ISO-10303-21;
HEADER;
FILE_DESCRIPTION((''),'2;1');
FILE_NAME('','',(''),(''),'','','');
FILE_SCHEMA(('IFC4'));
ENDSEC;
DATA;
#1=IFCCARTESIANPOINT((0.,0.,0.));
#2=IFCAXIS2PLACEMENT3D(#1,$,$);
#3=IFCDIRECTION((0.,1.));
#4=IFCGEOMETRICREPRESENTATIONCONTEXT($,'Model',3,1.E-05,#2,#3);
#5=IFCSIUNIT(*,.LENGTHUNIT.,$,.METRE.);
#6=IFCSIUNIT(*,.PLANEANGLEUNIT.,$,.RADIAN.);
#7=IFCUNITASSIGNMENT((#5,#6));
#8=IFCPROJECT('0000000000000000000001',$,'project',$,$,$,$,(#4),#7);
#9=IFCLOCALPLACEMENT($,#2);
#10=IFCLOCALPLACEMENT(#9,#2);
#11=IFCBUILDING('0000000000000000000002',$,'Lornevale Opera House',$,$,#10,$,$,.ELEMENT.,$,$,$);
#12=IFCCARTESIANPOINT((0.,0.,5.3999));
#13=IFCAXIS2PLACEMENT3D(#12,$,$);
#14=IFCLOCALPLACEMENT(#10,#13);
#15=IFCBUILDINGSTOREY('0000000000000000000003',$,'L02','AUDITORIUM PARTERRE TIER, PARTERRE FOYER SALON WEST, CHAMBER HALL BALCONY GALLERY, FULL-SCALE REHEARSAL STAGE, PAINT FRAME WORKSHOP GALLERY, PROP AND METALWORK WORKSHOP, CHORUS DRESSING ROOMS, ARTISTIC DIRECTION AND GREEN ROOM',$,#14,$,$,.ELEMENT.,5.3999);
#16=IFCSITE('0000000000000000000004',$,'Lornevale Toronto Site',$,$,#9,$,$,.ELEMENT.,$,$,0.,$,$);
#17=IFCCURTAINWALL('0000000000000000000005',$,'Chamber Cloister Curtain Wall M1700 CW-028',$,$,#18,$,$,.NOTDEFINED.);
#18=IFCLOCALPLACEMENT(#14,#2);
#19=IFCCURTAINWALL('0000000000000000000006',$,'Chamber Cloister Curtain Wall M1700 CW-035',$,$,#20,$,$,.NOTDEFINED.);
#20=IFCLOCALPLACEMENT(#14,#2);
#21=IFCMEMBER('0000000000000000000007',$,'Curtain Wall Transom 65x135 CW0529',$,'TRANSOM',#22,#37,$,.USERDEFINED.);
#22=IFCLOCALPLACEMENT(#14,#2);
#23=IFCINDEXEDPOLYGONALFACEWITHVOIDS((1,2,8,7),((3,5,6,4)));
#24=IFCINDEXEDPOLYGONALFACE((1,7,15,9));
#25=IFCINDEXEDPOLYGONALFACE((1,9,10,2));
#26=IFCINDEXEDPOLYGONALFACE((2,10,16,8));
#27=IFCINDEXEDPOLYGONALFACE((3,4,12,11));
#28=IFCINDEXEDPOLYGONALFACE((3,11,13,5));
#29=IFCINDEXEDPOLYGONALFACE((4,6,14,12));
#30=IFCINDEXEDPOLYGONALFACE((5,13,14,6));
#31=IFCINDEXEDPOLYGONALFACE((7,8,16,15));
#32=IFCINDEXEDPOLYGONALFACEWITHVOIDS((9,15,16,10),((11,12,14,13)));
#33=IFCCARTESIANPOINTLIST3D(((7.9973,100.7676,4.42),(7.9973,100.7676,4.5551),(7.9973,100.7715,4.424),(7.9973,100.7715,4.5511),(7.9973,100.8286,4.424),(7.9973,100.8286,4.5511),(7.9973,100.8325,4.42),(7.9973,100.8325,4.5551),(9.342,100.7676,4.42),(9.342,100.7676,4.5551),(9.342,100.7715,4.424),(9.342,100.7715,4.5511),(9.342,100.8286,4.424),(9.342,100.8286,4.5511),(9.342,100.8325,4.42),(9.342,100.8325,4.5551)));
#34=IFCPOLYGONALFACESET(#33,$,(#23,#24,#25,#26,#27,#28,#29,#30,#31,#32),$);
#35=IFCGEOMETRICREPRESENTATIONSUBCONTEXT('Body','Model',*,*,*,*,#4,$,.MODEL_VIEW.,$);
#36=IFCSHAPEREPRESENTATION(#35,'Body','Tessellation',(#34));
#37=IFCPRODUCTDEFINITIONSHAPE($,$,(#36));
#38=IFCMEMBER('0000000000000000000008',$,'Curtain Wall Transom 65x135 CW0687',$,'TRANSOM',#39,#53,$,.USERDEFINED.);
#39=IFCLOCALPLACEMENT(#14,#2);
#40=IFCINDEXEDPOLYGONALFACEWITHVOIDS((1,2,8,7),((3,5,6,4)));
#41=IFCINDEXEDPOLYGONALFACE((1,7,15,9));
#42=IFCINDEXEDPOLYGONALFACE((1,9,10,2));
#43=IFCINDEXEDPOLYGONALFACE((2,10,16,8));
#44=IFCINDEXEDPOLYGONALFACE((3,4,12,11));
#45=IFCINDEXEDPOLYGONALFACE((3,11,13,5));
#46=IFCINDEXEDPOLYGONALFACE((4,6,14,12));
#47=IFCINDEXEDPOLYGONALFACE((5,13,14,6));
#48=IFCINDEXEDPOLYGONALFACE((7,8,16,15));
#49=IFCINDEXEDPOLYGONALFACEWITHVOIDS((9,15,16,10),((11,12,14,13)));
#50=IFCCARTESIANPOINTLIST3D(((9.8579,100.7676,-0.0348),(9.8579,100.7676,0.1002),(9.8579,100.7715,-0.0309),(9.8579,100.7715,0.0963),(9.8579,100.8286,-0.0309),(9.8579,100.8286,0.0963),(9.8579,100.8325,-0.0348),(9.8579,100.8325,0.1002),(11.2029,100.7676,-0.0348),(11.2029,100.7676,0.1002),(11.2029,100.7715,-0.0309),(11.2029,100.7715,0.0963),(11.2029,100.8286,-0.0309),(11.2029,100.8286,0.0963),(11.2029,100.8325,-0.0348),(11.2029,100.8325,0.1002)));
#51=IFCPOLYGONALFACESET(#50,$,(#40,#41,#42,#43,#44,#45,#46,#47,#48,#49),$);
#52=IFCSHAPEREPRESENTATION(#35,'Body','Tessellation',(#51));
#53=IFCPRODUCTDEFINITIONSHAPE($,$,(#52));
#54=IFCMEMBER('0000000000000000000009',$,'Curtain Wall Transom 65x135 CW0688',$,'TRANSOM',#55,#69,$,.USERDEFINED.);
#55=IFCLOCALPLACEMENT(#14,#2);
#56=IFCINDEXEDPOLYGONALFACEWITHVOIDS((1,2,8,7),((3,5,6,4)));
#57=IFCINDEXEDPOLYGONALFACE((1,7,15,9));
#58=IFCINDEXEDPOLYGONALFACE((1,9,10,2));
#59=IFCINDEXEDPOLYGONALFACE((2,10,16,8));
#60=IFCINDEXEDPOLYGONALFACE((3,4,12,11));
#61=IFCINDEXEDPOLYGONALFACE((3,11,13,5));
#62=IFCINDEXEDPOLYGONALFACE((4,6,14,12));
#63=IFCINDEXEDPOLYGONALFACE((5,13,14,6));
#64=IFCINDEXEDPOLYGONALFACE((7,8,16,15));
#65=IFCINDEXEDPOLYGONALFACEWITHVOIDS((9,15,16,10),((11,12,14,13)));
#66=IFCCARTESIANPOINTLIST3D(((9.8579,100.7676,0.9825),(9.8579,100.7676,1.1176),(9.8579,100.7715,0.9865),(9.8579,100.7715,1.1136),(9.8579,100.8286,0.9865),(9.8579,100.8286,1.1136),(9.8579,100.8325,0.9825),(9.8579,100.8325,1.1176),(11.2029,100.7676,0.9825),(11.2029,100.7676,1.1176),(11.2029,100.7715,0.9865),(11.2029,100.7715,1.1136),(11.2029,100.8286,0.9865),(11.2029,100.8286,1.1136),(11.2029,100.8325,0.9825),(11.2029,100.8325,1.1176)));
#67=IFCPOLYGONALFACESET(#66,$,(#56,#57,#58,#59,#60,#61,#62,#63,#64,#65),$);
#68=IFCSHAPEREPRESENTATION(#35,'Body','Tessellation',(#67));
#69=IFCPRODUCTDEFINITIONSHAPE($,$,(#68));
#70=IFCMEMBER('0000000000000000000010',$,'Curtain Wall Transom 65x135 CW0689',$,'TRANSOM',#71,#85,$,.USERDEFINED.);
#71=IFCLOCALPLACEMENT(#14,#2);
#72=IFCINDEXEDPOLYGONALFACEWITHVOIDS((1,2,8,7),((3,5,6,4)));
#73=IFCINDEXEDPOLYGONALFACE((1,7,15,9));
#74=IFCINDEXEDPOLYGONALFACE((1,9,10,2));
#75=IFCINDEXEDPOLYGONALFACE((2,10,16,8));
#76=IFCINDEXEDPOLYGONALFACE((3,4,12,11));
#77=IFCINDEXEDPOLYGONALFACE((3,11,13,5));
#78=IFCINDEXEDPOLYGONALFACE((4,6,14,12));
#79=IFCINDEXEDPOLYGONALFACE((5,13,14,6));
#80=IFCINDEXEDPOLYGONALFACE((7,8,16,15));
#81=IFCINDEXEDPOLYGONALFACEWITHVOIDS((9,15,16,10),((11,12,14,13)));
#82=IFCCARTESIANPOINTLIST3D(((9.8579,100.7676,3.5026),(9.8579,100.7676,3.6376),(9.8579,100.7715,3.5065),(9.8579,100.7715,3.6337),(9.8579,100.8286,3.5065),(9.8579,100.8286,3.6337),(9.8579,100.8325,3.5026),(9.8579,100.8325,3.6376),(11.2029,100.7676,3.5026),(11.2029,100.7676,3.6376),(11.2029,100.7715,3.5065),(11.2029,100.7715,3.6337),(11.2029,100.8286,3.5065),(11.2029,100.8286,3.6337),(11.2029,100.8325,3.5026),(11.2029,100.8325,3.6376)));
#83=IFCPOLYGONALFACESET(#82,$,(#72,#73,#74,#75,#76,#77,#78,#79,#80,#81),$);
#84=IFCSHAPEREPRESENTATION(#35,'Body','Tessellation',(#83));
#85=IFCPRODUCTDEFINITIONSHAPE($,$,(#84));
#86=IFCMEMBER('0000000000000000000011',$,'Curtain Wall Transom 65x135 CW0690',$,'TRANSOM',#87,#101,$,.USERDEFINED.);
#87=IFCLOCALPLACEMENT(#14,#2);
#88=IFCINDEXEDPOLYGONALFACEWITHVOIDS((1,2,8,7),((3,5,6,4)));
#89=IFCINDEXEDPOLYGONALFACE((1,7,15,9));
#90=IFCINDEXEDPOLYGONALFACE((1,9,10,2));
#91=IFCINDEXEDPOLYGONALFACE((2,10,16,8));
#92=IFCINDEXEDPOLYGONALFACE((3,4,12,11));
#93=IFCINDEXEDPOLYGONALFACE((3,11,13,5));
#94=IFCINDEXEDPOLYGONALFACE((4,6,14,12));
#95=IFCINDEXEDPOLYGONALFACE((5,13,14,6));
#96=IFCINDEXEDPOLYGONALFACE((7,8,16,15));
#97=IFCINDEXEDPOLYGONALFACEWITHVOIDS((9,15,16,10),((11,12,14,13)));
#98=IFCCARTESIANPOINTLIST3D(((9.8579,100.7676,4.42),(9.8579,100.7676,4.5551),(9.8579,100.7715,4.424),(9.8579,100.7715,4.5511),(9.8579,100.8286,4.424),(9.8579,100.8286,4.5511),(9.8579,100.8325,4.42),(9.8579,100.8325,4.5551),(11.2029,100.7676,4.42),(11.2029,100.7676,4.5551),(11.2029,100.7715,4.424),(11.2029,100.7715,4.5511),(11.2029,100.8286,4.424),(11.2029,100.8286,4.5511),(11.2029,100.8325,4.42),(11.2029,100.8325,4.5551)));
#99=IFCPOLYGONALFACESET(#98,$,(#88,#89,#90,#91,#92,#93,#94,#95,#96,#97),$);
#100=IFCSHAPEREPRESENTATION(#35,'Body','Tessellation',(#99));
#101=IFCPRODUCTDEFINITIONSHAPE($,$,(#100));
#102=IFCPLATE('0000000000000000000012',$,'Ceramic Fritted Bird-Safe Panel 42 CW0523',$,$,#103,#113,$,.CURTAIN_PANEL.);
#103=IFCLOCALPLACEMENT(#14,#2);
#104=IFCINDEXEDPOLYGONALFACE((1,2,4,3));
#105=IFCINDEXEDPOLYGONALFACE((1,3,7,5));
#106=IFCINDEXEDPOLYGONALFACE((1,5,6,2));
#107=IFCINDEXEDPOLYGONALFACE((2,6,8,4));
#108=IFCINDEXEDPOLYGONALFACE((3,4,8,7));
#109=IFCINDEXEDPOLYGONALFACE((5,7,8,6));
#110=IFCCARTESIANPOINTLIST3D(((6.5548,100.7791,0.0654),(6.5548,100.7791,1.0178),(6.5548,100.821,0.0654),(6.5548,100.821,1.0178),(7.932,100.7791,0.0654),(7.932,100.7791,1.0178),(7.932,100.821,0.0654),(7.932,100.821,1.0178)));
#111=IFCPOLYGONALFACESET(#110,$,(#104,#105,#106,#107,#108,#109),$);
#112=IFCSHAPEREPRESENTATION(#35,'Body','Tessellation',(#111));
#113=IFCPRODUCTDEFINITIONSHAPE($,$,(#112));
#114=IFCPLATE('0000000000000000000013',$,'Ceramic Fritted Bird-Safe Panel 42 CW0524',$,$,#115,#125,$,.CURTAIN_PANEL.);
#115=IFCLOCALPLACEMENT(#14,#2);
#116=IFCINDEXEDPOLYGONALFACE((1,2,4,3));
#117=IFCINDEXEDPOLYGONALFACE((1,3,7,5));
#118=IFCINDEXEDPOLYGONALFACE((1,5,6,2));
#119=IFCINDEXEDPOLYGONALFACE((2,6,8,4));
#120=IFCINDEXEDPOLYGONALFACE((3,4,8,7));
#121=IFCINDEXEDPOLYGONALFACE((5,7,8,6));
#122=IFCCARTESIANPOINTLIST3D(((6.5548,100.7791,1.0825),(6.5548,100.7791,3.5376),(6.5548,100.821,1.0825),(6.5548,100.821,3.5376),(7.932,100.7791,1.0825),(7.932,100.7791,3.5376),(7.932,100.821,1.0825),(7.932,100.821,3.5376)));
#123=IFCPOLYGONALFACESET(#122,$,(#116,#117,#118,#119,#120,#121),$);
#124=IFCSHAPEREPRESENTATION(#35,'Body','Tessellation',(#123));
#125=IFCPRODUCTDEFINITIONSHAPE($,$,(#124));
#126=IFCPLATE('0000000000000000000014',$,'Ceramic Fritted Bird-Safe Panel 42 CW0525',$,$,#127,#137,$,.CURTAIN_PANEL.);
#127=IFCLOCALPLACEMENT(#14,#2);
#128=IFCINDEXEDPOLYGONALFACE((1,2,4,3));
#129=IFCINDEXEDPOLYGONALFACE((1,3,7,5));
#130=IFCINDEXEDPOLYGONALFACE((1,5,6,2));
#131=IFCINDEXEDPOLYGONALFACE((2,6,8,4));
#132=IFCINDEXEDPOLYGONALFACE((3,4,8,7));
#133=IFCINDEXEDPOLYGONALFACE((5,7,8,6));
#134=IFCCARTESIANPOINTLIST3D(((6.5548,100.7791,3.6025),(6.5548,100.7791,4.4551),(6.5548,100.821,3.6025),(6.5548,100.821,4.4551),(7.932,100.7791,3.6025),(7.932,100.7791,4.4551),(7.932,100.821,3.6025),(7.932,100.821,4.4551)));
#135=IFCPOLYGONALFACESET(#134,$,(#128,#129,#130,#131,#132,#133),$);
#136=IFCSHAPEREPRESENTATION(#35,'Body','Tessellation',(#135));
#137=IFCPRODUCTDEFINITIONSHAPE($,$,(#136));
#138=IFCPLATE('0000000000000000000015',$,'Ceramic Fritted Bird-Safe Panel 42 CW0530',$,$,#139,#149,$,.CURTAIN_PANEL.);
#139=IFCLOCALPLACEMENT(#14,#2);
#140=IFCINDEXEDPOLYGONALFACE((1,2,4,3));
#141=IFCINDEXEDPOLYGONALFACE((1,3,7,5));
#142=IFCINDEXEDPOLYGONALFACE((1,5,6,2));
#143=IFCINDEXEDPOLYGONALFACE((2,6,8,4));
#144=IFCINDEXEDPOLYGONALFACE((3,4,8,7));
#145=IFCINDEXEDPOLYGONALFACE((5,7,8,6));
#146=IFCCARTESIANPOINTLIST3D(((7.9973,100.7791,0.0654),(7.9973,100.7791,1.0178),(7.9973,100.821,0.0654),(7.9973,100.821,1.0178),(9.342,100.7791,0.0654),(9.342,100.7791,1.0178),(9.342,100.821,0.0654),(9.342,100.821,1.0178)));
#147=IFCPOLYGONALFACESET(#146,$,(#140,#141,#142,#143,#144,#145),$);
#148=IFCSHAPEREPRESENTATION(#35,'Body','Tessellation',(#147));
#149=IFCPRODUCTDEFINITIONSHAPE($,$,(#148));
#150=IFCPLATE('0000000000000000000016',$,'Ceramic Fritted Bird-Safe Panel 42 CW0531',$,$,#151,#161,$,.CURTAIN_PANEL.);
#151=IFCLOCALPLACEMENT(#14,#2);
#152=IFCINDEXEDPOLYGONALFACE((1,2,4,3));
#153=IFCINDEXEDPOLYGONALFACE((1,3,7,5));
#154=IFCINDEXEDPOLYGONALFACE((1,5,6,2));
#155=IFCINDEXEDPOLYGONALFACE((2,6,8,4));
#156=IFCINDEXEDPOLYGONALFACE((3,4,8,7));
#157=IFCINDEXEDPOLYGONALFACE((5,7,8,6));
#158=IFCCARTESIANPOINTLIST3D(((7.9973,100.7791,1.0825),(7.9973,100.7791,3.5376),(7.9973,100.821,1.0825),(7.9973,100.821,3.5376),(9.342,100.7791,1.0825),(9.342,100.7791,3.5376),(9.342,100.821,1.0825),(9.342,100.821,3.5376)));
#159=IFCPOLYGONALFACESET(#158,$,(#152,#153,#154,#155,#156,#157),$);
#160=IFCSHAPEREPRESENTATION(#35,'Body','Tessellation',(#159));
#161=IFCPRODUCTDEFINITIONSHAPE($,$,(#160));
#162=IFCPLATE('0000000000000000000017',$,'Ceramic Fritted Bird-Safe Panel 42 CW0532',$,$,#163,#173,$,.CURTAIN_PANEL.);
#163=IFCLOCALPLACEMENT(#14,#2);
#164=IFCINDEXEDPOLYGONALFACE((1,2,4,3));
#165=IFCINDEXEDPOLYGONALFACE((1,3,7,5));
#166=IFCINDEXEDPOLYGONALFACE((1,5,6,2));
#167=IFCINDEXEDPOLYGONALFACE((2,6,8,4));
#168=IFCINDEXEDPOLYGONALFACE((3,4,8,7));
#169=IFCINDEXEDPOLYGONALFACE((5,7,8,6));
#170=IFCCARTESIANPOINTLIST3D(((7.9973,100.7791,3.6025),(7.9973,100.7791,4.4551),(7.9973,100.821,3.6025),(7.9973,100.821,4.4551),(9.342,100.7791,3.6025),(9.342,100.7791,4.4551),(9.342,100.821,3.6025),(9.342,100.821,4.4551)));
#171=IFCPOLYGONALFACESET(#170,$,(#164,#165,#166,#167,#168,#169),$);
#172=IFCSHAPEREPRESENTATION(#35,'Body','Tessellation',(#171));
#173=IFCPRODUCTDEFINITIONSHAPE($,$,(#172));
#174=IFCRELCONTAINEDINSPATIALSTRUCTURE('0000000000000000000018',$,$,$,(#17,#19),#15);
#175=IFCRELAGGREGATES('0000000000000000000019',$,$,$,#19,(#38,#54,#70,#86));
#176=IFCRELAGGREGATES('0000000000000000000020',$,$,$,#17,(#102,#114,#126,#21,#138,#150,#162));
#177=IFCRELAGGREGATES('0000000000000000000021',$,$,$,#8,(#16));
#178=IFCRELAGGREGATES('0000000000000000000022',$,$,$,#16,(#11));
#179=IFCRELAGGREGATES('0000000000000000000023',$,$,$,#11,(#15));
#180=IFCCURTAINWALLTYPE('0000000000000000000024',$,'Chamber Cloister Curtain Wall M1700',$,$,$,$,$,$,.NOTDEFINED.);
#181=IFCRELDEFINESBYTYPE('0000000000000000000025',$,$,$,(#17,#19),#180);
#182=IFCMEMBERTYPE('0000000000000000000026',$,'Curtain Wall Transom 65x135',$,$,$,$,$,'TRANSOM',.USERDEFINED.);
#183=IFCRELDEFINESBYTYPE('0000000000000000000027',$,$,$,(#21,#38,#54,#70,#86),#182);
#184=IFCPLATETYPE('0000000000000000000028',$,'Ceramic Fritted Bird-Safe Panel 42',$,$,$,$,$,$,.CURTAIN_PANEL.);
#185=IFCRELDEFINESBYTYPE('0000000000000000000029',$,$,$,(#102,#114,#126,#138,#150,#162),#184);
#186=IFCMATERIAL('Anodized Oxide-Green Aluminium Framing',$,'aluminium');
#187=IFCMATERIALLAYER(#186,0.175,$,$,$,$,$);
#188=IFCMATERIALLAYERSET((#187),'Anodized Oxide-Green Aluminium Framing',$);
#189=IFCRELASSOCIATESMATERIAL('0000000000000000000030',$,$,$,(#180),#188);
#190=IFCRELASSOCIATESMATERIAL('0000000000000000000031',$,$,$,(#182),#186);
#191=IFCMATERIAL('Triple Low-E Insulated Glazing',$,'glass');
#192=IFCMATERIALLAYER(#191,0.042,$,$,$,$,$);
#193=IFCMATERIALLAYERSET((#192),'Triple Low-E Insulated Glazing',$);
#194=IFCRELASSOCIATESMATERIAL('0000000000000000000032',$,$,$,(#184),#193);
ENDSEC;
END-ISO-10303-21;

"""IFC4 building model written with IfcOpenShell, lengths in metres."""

from ifc_helpers import new_model, si_unit, direction, frame, origin, origin_2d, place, context, subcontext, project, spatial, rectangle, hollow_rectangle, extrude, material, layer, layer_set, material_profile, profile_set, type_object, element, aggregate, save


model = new_model("IFC4")

# Units and contexts
model_context = context("Model", 3, precision=1e-05, world=origin(), true_north=direction((0.0, 1.0)))
body_context = subcontext(model_context, "Body", "Model", "MODEL_VIEW")
ifc_project = project(units=[si_unit("LENGTHUNIT", "METRE"), si_unit("PLANEANGLEUNIT", "RADIAN")], contexts=[model_context])

# Site, building, storey
site_placement = place(None, origin())
site = spatial("IfcSite", under=ifc_project, at=site_placement, Name="Lornevale Toronto Site", CompositionType="ELEMENT", RefElevation=0.0)
building_placement = place(site_placement, origin())
building = spatial("IfcBuilding", under=site, at=building_placement, Name="Lornevale Opera House", CompositionType="ELEMENT")
storey_placement = place(building_placement, frame((0.0, 0.0, 5.3999)))
storey = spatial("IfcBuildingStorey", under=building, at=storey_placement, Name="L02", Description="AUDITORIUM PARTERRE TIER, PARTERRE FOYER SALON WEST, CHAMBER HALL BALCONY GALLERY, FULL-SCALE REHEARSAL STAGE, PAINT FRAME WORKSHOP GALLERY, PROP AND METALWORK WORKSHOP, CHORUS DRESSING ROOMS, ARTISTIC DIRECTION AND GREEN ROOM", CompositionType="ELEMENT", Elevation=5.3999)

# Curtain wall
ifc_material_1 = material(Name="Anodized Oxide-Green Aluminium Framing", Category="aluminium")
ifc_layer_1 = layer(ifc_material_1, 0.175)
ifc_layer_set_1 = layer_set([ifc_layer_1], Name="Anodized Oxide-Green Aluminium Framing")
curtain_wall_type = type_object("IfcCurtainWallType", Name="Chamber Cloister Curtain Wall M1700", PredefinedType="NOTDEFINED", material=ifc_layer_set_1)
curtain_wall_1_placement = place(storey_placement, origin())
curtain_wall_1 = element("IfcCurtainWall", 1, at=curtain_wall_1_placement, inside=storey, type_object=curtain_wall_type, Name="Chamber Cloister Curtain Wall M1700 CW-028", PredefinedType="NOTDEFINED")

# Curtain wall
curtain_wall_2_placement = place(storey_placement, origin())
curtain_wall_2 = element("IfcCurtainWall", 2, at=curtain_wall_2_placement, inside=storey, type_object=curtain_wall_type, Name="Chamber Cloister Curtain Wall M1700 CW-035", PredefinedType="NOTDEFINED")

# Members
ifc_material_profile_1 = material_profile(ifc_material_1, hollow_rectangle(XDim=0.0649, YDim=0.135, WallThickness=0.0039, at=origin_2d()), Name="ALU65x135x4")
ifc_profile_set_1 = profile_set([ifc_material_profile_1], Name="Anodized Oxide-Green Aluminium Framing")
member_type_1 = type_object("IfcMemberType", Name="Curtain Wall Transom 65x135", ElementType="TRANSOM", PredefinedType="USERDEFINED", material=ifc_profile_set_1)
member_1_placement = place(storey_placement, frame((7.9973, 100.8, 4.4875), z_axis=(1.0, 0.0, 0.0), x_axis=(0.0, 1.0, 0.0)))
member_1 = element("IfcMember", 3, at=member_1_placement, type_object=member_type_1, Name="Curtain Wall Transom 65x135 CW0529", ObjectType="TRANSOM", PredefinedType="USERDEFINED", context=body_context, shape_type="SweptSolid", body=[
    extrude(hollow_rectangle(XDim=0.0649, YDim=0.135, WallThickness=0.0039, at=origin_2d()), origin(), (0.0, 0.0, 1.0), 1.3447),
])
member_2_placement = place(storey_placement, frame((9.8579, 100.8, 0.0327), z_axis=(1.0, 0.0, 0.0), x_axis=(0.0, 1.0, 0.0)))
member_2 = element("IfcMember", 4, at=member_2_placement, type_object=member_type_1, Name="Curtain Wall Transom 65x135 CW0687", ObjectType="TRANSOM", PredefinedType="USERDEFINED", context=body_context, shape_type="SweptSolid", body=[
    extrude(hollow_rectangle(XDim=0.0649, YDim=0.135, WallThickness=0.0039, at=origin_2d()), origin(), (0.0, 0.0, 1.0), 1.345),
])
member_3_placement = place(storey_placement, frame((9.8579, 100.8, 1.05), z_axis=(1.0, 0.0, 0.0), x_axis=(0.0, 1.0, 0.0)))
member_3 = element("IfcMember", 5, at=member_3_placement, type_object=member_type_1, Name="Curtain Wall Transom 65x135 CW0688", ObjectType="TRANSOM", PredefinedType="USERDEFINED", context=body_context, shape_type="SweptSolid", body=[
    extrude(hollow_rectangle(XDim=0.0649, YDim=0.135, WallThickness=0.0039, at=origin_2d()), origin(), (0.0, 0.0, 1.0), 1.345),
])
member_4_placement = place(storey_placement, frame((9.8579, 100.8, 3.5701), z_axis=(1.0, 0.0, 0.0), x_axis=(0.0, 1.0, 0.0)))
member_4 = element("IfcMember", 6, at=member_4_placement, type_object=member_type_1, Name="Curtain Wall Transom 65x135 CW0689", ObjectType="TRANSOM", PredefinedType="USERDEFINED", context=body_context, shape_type="SweptSolid", body=[
    extrude(hollow_rectangle(XDim=0.0649, YDim=0.135, WallThickness=0.0039, at=origin_2d()), origin(), (0.0, 0.0, 1.0), 1.345),
])
member_5_placement = place(storey_placement, frame((9.8579, 100.8, 4.4875), z_axis=(1.0, 0.0, 0.0), x_axis=(0.0, 1.0, 0.0)))
member_5 = element("IfcMember", 7, at=member_5_placement, type_object=member_type_1, Name="Curtain Wall Transom 65x135 CW0690", ObjectType="TRANSOM", PredefinedType="USERDEFINED", context=body_context, shape_type="SweptSolid", body=[
    extrude(hollow_rectangle(XDim=0.0649, YDim=0.135, WallThickness=0.0039, at=origin_2d()), origin(), (0.0, 0.0, 1.0), 1.345),
])
aggregate(curtain_wall_2, [member_2, member_3, member_4, member_5])

# Plates
ifc_material_2 = material(Name="Triple Low-E Insulated Glazing", Category="glass")
ifc_layer_2 = layer(ifc_material_2, 0.042)
ifc_layer_set_2 = layer_set([ifc_layer_2], Name="Triple Low-E Insulated Glazing")
plate_type = type_object("IfcPlateType", Name="Ceramic Fritted Bird-Safe Panel 42", PredefinedType="CURTAIN_PANEL", material=ifc_layer_set_2)
plate_1_placement = place(storey_placement, frame((7.2434, 100.8, 0.0654), z_axis=(0.0, 0.0, 1.0), x_axis=(1.0, 0.0, 0.0)))
plate_1 = element("IfcPlate", 8, at=plate_1_placement, type_object=plate_type, Name="Ceramic Fritted Bird-Safe Panel 42 CW0523", PredefinedType="CURTAIN_PANEL", context=body_context, shape_type="SweptSolid", body=[
    extrude(rectangle(XDim=1.3772, YDim=0.042, at=origin_2d()), origin(), (0.0, 0.0, 1.0), 0.9524),
])
plate_2_placement = place(storey_placement, frame((7.2434, 100.8, 1.0825), z_axis=(0.0, 0.0, 1.0), x_axis=(1.0, 0.0, 0.0)))
plate_2 = element("IfcPlate", 9, at=plate_2_placement, type_object=plate_type, Name="Ceramic Fritted Bird-Safe Panel 42 CW0524", PredefinedType="CURTAIN_PANEL", context=body_context, shape_type="SweptSolid", body=[
    extrude(rectangle(XDim=1.3772, YDim=0.042, at=origin_2d()), origin(), (0.0, 0.0, 1.0), 2.4551),
])
plate_3_placement = place(storey_placement, frame((7.2434, 100.8, 3.6025), z_axis=(0.0, 0.0, 1.0), x_axis=(1.0, 0.0, 0.0)))
plate_3 = element("IfcPlate", 10, at=plate_3_placement, type_object=plate_type, Name="Ceramic Fritted Bird-Safe Panel 42 CW0525", PredefinedType="CURTAIN_PANEL", context=body_context, shape_type="SweptSolid", body=[
    extrude(rectangle(XDim=1.3772, YDim=0.042, at=origin_2d()), origin(), (0.0, 0.0, 1.0), 0.8525),
])
plate_4_placement = place(storey_placement, frame((8.6697, 100.8, 0.0654), z_axis=(0.0, 0.0, 1.0), x_axis=(1.0, 0.0, 0.0)))
plate_4 = element("IfcPlate", 11, at=plate_4_placement, type_object=plate_type, Name="Ceramic Fritted Bird-Safe Panel 42 CW0530", PredefinedType="CURTAIN_PANEL", context=body_context, shape_type="SweptSolid", body=[
    extrude(rectangle(XDim=1.3447, YDim=0.042, at=origin_2d()), origin(), (0.0, 0.0, 1.0), 0.9524),
])
plate_5_placement = place(storey_placement, frame((8.6697, 100.8, 1.0825), z_axis=(0.0, 0.0, 1.0), x_axis=(1.0, 0.0, 0.0)))
plate_5 = element("IfcPlate", 12, at=plate_5_placement, type_object=plate_type, Name="Ceramic Fritted Bird-Safe Panel 42 CW0531", PredefinedType="CURTAIN_PANEL", context=body_context, shape_type="SweptSolid", body=[
    extrude(rectangle(XDim=1.3447, YDim=0.042, at=origin_2d()), origin(), (0.0, 0.0, 1.0), 2.4551),
])
plate_6_placement = place(storey_placement, frame((8.6697, 100.8, 3.6025), z_axis=(0.0, 0.0, 1.0), x_axis=(1.0, 0.0, 0.0)))
plate_6 = element("IfcPlate", 13, at=plate_6_placement, type_object=plate_type, Name="Ceramic Fritted Bird-Safe Panel 42 CW0532", PredefinedType="CURTAIN_PANEL", context=body_context, shape_type="SweptSolid", body=[
    extrude(rectangle(XDim=1.3447, YDim=0.042, at=origin_2d()), origin(), (0.0, 0.0, 1.0), 0.8525),
])
aggregate(curtain_wall_1, [plate_1, plate_2, plate_3, member_1, plate_4, plate_5, plate_6])

save(model, "model.ifc")
